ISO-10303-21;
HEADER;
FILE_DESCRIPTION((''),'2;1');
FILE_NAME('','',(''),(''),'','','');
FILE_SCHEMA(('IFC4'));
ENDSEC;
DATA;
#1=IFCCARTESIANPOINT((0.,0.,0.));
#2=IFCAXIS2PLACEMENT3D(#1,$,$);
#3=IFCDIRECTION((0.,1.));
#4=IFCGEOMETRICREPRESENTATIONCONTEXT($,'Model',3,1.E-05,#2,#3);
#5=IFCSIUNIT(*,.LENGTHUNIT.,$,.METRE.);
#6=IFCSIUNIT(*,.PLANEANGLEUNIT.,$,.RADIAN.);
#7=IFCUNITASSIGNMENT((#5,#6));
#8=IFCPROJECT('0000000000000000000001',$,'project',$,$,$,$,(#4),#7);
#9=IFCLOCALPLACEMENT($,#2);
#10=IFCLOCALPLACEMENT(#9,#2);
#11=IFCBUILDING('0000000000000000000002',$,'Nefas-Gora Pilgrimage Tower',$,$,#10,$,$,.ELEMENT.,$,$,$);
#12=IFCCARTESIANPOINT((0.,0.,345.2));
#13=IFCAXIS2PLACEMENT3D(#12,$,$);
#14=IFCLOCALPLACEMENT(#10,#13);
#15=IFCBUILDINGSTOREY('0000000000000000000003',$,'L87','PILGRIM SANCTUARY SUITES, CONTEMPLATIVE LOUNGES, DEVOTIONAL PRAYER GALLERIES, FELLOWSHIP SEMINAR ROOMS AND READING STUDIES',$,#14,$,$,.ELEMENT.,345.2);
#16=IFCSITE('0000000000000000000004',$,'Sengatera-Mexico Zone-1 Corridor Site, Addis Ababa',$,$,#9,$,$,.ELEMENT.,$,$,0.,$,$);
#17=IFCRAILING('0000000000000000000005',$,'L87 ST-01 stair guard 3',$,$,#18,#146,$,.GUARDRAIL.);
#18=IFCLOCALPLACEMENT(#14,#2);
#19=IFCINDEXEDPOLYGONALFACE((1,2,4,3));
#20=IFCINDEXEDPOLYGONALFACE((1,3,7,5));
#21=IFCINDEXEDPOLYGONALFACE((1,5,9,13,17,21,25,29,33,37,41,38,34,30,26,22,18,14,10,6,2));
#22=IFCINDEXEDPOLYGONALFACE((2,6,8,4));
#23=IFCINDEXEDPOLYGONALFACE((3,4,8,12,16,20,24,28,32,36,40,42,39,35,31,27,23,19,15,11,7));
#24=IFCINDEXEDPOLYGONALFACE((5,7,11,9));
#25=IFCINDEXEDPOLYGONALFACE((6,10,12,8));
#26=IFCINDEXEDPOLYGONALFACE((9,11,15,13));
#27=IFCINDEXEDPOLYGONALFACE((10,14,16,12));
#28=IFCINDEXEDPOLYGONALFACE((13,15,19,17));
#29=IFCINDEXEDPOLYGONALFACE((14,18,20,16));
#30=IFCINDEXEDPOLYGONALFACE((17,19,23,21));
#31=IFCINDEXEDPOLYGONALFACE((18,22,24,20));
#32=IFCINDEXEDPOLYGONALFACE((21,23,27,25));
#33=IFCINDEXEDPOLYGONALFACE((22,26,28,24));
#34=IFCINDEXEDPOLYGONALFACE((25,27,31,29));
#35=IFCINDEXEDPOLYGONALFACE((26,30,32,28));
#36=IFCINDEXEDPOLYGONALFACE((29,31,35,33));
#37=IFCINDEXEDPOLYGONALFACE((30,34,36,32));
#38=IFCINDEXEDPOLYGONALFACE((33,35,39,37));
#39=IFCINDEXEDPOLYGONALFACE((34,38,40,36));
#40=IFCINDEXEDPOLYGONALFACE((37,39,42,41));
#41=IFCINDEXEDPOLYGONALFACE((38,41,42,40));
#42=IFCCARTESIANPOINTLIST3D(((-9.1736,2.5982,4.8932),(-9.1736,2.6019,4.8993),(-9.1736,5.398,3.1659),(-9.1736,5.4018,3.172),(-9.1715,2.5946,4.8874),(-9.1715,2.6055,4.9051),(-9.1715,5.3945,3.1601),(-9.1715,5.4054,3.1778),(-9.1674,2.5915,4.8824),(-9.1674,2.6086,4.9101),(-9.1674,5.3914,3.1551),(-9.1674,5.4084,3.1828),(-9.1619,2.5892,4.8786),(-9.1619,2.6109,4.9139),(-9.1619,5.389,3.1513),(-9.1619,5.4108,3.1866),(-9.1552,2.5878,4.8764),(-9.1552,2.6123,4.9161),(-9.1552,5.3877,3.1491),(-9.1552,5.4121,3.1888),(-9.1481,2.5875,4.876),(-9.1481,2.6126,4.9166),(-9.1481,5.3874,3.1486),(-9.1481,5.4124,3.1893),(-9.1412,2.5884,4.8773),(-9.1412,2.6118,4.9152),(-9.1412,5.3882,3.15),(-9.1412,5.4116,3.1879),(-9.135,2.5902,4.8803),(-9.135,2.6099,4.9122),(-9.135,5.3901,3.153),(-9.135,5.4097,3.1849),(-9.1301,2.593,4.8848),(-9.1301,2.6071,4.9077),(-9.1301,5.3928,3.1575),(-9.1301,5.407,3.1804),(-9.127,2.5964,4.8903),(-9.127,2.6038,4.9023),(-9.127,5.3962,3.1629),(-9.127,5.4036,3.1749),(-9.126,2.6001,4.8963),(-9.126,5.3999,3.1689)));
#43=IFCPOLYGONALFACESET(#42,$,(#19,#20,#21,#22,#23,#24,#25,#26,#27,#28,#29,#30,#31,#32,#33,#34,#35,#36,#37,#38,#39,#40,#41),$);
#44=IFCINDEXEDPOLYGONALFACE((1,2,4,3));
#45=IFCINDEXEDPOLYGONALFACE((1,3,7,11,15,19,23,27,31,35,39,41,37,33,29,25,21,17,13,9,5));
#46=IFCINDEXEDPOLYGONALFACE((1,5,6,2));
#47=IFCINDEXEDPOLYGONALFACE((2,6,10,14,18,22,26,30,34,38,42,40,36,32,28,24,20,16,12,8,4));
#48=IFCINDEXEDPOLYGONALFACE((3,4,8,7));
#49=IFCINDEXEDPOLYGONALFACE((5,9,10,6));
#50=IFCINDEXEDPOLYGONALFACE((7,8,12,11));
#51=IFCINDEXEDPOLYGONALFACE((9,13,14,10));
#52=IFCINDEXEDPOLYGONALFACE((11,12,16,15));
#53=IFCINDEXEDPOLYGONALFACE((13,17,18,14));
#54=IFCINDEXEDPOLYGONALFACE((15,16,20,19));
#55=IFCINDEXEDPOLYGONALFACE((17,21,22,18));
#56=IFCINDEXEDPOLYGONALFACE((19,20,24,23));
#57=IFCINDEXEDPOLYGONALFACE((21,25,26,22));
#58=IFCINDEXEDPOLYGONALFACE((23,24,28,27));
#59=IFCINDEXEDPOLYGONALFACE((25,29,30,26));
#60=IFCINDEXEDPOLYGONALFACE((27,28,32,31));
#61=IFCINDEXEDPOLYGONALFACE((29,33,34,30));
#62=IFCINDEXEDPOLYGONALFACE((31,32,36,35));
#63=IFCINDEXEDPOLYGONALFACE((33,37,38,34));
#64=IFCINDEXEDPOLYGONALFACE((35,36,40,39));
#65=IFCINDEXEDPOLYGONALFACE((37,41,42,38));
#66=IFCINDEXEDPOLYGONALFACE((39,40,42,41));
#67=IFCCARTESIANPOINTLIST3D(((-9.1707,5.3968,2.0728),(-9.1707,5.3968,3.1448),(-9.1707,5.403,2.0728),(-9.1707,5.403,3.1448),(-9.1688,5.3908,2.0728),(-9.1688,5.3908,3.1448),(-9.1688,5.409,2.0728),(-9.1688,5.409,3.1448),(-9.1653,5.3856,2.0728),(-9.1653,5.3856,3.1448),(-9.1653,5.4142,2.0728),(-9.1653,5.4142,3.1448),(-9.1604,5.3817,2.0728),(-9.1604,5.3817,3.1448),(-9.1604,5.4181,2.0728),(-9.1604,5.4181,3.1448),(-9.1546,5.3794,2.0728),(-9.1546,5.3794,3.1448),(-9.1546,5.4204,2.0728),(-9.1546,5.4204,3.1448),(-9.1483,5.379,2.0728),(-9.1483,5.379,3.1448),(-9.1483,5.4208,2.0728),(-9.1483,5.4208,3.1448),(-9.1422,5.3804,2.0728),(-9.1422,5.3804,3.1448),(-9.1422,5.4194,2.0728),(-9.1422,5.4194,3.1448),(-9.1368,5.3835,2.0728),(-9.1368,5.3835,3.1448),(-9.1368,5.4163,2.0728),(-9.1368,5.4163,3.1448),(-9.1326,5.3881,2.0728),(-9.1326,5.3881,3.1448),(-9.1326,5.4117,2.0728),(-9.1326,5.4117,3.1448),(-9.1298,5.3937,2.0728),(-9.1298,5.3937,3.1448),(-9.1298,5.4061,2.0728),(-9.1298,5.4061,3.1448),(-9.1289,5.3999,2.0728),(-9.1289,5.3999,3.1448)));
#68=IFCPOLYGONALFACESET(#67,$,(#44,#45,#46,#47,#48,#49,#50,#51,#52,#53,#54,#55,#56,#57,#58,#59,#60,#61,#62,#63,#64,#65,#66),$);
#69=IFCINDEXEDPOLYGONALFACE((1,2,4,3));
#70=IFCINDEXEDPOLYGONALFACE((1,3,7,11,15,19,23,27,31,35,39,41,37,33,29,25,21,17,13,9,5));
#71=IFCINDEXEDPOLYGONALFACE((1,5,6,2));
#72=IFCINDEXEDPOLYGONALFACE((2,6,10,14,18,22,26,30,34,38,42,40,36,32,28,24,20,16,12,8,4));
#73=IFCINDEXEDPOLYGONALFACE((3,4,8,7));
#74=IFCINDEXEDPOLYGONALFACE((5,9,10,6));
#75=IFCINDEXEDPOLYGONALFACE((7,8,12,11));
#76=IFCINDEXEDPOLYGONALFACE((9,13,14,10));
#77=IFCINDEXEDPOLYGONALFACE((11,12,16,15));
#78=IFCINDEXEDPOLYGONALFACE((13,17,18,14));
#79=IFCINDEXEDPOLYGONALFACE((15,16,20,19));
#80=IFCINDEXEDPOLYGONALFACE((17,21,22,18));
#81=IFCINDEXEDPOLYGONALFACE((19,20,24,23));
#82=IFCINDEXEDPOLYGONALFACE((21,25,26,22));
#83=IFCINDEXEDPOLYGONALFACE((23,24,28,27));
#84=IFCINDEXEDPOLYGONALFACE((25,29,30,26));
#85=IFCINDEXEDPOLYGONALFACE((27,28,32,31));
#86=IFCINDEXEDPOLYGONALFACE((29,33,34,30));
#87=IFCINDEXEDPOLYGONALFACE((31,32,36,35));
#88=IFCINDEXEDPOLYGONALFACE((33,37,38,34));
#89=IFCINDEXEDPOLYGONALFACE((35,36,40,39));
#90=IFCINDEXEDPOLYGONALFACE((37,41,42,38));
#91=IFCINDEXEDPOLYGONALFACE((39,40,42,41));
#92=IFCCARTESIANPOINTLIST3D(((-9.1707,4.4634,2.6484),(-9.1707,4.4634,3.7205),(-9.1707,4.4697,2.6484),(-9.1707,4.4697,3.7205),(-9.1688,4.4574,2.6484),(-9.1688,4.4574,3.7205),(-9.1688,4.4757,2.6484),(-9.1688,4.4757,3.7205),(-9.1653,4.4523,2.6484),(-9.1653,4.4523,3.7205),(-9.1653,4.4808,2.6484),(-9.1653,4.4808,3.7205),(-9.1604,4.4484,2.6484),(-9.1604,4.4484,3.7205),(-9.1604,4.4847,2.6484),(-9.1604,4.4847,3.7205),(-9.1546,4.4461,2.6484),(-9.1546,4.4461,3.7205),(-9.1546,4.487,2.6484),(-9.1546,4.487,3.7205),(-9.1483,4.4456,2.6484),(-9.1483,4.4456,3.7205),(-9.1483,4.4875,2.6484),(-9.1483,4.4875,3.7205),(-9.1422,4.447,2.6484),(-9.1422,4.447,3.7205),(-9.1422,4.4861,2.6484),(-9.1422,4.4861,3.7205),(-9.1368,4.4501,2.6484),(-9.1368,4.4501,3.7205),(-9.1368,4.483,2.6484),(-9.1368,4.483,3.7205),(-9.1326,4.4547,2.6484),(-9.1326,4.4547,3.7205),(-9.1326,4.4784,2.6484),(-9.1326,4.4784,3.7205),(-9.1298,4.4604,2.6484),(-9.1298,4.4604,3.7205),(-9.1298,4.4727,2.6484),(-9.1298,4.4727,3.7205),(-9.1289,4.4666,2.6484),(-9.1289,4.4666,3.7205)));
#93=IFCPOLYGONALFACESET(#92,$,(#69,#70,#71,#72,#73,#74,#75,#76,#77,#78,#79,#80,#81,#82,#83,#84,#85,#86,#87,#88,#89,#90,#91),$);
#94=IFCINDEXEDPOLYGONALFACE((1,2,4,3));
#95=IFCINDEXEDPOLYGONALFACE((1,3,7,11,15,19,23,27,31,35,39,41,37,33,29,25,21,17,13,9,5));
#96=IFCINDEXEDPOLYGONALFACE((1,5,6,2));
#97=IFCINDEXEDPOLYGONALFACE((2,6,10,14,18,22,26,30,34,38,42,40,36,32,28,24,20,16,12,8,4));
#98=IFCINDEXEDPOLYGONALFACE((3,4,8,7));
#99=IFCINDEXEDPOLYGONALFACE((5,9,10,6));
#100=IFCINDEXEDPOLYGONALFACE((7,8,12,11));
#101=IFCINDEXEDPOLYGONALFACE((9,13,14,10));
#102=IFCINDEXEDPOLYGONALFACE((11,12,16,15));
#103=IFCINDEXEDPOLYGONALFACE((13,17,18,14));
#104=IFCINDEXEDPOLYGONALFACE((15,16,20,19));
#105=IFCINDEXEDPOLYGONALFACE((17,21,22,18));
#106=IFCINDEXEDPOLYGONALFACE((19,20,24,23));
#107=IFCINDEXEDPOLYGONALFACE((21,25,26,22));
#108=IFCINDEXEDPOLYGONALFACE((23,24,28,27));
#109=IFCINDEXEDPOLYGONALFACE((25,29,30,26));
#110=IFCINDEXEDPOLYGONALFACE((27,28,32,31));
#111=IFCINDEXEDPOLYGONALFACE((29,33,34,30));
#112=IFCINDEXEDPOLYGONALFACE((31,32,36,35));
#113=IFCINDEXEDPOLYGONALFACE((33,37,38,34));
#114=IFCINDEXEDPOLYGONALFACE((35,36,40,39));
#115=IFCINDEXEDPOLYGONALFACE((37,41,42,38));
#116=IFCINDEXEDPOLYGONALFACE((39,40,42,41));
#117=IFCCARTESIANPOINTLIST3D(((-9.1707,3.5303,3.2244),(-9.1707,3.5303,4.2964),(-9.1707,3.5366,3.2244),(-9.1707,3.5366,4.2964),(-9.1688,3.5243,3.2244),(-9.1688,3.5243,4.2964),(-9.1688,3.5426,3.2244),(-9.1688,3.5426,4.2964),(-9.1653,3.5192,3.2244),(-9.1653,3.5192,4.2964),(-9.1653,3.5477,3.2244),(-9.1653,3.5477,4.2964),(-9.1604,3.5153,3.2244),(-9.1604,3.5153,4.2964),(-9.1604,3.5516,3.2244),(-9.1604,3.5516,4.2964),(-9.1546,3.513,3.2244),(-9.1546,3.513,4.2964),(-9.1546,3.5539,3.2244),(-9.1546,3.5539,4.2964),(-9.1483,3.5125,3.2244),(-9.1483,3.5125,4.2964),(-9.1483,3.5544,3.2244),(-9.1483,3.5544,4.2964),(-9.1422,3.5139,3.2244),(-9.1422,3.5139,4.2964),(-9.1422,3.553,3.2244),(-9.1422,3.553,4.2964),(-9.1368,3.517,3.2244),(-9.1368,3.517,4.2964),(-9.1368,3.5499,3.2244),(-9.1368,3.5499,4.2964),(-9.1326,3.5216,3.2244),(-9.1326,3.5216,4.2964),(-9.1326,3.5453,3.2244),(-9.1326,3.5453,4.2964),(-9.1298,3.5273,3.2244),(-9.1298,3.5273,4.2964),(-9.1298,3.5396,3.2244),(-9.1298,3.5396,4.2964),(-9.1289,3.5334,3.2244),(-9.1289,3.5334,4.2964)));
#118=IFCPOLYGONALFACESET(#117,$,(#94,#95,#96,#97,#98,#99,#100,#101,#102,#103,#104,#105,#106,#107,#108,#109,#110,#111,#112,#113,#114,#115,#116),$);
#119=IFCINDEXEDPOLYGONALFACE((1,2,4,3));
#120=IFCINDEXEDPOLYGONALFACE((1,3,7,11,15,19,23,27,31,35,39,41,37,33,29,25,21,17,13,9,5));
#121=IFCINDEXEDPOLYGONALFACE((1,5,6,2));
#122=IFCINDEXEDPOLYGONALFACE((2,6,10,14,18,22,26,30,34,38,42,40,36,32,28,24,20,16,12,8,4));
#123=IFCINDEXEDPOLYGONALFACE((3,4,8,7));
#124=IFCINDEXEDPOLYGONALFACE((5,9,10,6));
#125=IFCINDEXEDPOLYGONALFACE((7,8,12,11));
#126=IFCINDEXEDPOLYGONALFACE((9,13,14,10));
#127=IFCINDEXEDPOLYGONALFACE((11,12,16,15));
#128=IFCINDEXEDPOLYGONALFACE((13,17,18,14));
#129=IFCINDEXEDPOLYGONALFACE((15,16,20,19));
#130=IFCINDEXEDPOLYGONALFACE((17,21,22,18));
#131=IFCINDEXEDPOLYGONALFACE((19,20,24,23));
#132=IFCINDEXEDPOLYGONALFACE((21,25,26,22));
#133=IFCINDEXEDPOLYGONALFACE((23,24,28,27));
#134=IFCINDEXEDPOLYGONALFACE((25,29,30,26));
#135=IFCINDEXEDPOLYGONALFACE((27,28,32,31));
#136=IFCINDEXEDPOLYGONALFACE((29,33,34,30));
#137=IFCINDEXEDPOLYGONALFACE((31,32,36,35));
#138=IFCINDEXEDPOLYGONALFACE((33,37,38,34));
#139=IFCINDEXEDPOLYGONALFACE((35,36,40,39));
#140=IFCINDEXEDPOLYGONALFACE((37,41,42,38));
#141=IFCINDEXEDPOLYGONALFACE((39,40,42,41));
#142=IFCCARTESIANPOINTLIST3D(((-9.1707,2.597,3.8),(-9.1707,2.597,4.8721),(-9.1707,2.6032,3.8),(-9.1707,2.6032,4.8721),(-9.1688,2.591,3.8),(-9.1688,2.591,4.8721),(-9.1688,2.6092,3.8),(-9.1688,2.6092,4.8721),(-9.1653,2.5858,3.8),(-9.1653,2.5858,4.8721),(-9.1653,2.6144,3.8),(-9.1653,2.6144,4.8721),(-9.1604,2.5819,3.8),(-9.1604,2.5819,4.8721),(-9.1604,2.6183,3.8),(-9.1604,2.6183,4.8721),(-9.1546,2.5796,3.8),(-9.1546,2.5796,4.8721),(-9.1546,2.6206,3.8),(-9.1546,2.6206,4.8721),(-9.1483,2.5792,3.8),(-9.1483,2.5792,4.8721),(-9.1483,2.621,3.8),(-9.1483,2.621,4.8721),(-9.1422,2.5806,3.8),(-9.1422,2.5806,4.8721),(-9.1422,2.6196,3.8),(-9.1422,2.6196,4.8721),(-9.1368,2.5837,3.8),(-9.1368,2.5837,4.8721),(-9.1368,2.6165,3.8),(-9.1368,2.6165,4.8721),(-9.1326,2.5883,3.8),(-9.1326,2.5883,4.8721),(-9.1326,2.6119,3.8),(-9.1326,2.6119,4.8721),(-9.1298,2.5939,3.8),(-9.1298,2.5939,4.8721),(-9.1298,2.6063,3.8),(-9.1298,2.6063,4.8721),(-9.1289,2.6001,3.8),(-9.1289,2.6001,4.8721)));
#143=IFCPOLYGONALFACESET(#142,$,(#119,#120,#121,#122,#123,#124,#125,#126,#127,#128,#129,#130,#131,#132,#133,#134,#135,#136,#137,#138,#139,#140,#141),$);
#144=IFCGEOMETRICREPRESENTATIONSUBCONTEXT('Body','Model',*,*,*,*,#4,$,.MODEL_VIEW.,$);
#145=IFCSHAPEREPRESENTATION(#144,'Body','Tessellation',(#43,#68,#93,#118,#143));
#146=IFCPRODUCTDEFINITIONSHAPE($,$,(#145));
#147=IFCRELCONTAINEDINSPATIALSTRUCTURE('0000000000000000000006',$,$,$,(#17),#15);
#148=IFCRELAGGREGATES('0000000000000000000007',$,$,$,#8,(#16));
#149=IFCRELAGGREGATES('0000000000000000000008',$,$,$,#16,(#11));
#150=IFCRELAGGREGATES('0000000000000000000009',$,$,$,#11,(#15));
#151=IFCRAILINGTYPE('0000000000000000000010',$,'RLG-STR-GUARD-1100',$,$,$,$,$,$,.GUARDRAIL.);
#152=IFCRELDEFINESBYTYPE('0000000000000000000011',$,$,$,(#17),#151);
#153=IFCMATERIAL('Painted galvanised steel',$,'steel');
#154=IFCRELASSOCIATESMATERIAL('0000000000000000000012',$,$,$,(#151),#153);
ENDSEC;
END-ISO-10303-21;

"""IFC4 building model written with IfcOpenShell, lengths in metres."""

from ifc_helpers import new_model, si_unit, direction, frame, origin, origin_2d, place, context, subcontext, project, spatial, circle, extrude, material, type_object, element, save


model = new_model("IFC4")

# Units and contexts
model_context = context("Model", 3, precision=1e-05, world=origin(), true_north=direction((0.0, 1.0)))
body_context = subcontext(model_context, "Body", "Model", "MODEL_VIEW")
ifc_project = project(units=[si_unit("LENGTHUNIT", "METRE"), si_unit("PLANEANGLEUNIT", "RADIAN")], contexts=[model_context])

# Site, building, storey
site_placement = place(None, origin())
site = spatial("IfcSite", under=ifc_project, at=site_placement, Name="Sengatera-Mexico Zone-1 Corridor Site, Addis Ababa", CompositionType="ELEMENT", RefElevation=0.0)
building_placement = place(site_placement, origin())
building = spatial("IfcBuilding", under=site, at=building_placement, Name="Nefas-Gora Pilgrimage Tower", CompositionType="ELEMENT")
storey_placement = place(building_placement, frame((0.0, 0.0, 345.2)))
storey = spatial("IfcBuildingStorey", under=building, at=storey_placement, Name="L87", Description="PILGRIM SANCTUARY SUITES, CONTEMPLATIVE LOUNGES, DEVOTIONAL PRAYER GALLERIES, FELLOWSHIP SEMINAR ROOMS AND READING STUDIES", CompositionType="ELEMENT", Elevation=345.2)

# Railing
ifc_material_1 = material(Name="Painted galvanised steel", Category="steel")
railing_type_1 = type_object("IfcRailingType", Name="RLG-STR-GUARD-1100", PredefinedType="GUARDRAIL", material=ifc_material_1)
railing_1_placement = place(storey_placement, frame((-9.1499, 5.3999, 2.0728)))
element("IfcRailing", 1, at=railing_1_placement, inside=storey, type_object=railing_type_1, Name="L87 ST-01 stair guard 3", PredefinedType="GUARDRAIL", context=body_context, shape_type="SweptSolid", body=[
    extrude(circle(Radius=0.0239, at=origin_2d()), frame((0.0, 0.0, 1.0962), z_axis=(0.0, -0.851069, 0.525054), x_axis=(1.0, 0.0, 0.0)), (0.0, 0.0, 1.0), 3.2898),
    extrude(circle(Radius=0.021, at=origin_2d()), origin(), (0.0, 0.0, 1.0), 1.072),
    extrude(circle(Radius=0.021, at=origin_2d()), frame((0.0, -0.9333, 0.5757)), (0.0, 0.0, 1.0), 1.072),
    extrude(circle(Radius=0.021, at=origin_2d()), frame((0.0, -1.8665, 1.1516)), (0.0, 0.0, 1.0), 1.072),
    extrude(circle(Radius=0.021, at=origin_2d()), frame((0.0, -2.7998, 1.7273)), (0.0, 0.0, 1.0), 1.072),
])

save(model, "model.ifc")
